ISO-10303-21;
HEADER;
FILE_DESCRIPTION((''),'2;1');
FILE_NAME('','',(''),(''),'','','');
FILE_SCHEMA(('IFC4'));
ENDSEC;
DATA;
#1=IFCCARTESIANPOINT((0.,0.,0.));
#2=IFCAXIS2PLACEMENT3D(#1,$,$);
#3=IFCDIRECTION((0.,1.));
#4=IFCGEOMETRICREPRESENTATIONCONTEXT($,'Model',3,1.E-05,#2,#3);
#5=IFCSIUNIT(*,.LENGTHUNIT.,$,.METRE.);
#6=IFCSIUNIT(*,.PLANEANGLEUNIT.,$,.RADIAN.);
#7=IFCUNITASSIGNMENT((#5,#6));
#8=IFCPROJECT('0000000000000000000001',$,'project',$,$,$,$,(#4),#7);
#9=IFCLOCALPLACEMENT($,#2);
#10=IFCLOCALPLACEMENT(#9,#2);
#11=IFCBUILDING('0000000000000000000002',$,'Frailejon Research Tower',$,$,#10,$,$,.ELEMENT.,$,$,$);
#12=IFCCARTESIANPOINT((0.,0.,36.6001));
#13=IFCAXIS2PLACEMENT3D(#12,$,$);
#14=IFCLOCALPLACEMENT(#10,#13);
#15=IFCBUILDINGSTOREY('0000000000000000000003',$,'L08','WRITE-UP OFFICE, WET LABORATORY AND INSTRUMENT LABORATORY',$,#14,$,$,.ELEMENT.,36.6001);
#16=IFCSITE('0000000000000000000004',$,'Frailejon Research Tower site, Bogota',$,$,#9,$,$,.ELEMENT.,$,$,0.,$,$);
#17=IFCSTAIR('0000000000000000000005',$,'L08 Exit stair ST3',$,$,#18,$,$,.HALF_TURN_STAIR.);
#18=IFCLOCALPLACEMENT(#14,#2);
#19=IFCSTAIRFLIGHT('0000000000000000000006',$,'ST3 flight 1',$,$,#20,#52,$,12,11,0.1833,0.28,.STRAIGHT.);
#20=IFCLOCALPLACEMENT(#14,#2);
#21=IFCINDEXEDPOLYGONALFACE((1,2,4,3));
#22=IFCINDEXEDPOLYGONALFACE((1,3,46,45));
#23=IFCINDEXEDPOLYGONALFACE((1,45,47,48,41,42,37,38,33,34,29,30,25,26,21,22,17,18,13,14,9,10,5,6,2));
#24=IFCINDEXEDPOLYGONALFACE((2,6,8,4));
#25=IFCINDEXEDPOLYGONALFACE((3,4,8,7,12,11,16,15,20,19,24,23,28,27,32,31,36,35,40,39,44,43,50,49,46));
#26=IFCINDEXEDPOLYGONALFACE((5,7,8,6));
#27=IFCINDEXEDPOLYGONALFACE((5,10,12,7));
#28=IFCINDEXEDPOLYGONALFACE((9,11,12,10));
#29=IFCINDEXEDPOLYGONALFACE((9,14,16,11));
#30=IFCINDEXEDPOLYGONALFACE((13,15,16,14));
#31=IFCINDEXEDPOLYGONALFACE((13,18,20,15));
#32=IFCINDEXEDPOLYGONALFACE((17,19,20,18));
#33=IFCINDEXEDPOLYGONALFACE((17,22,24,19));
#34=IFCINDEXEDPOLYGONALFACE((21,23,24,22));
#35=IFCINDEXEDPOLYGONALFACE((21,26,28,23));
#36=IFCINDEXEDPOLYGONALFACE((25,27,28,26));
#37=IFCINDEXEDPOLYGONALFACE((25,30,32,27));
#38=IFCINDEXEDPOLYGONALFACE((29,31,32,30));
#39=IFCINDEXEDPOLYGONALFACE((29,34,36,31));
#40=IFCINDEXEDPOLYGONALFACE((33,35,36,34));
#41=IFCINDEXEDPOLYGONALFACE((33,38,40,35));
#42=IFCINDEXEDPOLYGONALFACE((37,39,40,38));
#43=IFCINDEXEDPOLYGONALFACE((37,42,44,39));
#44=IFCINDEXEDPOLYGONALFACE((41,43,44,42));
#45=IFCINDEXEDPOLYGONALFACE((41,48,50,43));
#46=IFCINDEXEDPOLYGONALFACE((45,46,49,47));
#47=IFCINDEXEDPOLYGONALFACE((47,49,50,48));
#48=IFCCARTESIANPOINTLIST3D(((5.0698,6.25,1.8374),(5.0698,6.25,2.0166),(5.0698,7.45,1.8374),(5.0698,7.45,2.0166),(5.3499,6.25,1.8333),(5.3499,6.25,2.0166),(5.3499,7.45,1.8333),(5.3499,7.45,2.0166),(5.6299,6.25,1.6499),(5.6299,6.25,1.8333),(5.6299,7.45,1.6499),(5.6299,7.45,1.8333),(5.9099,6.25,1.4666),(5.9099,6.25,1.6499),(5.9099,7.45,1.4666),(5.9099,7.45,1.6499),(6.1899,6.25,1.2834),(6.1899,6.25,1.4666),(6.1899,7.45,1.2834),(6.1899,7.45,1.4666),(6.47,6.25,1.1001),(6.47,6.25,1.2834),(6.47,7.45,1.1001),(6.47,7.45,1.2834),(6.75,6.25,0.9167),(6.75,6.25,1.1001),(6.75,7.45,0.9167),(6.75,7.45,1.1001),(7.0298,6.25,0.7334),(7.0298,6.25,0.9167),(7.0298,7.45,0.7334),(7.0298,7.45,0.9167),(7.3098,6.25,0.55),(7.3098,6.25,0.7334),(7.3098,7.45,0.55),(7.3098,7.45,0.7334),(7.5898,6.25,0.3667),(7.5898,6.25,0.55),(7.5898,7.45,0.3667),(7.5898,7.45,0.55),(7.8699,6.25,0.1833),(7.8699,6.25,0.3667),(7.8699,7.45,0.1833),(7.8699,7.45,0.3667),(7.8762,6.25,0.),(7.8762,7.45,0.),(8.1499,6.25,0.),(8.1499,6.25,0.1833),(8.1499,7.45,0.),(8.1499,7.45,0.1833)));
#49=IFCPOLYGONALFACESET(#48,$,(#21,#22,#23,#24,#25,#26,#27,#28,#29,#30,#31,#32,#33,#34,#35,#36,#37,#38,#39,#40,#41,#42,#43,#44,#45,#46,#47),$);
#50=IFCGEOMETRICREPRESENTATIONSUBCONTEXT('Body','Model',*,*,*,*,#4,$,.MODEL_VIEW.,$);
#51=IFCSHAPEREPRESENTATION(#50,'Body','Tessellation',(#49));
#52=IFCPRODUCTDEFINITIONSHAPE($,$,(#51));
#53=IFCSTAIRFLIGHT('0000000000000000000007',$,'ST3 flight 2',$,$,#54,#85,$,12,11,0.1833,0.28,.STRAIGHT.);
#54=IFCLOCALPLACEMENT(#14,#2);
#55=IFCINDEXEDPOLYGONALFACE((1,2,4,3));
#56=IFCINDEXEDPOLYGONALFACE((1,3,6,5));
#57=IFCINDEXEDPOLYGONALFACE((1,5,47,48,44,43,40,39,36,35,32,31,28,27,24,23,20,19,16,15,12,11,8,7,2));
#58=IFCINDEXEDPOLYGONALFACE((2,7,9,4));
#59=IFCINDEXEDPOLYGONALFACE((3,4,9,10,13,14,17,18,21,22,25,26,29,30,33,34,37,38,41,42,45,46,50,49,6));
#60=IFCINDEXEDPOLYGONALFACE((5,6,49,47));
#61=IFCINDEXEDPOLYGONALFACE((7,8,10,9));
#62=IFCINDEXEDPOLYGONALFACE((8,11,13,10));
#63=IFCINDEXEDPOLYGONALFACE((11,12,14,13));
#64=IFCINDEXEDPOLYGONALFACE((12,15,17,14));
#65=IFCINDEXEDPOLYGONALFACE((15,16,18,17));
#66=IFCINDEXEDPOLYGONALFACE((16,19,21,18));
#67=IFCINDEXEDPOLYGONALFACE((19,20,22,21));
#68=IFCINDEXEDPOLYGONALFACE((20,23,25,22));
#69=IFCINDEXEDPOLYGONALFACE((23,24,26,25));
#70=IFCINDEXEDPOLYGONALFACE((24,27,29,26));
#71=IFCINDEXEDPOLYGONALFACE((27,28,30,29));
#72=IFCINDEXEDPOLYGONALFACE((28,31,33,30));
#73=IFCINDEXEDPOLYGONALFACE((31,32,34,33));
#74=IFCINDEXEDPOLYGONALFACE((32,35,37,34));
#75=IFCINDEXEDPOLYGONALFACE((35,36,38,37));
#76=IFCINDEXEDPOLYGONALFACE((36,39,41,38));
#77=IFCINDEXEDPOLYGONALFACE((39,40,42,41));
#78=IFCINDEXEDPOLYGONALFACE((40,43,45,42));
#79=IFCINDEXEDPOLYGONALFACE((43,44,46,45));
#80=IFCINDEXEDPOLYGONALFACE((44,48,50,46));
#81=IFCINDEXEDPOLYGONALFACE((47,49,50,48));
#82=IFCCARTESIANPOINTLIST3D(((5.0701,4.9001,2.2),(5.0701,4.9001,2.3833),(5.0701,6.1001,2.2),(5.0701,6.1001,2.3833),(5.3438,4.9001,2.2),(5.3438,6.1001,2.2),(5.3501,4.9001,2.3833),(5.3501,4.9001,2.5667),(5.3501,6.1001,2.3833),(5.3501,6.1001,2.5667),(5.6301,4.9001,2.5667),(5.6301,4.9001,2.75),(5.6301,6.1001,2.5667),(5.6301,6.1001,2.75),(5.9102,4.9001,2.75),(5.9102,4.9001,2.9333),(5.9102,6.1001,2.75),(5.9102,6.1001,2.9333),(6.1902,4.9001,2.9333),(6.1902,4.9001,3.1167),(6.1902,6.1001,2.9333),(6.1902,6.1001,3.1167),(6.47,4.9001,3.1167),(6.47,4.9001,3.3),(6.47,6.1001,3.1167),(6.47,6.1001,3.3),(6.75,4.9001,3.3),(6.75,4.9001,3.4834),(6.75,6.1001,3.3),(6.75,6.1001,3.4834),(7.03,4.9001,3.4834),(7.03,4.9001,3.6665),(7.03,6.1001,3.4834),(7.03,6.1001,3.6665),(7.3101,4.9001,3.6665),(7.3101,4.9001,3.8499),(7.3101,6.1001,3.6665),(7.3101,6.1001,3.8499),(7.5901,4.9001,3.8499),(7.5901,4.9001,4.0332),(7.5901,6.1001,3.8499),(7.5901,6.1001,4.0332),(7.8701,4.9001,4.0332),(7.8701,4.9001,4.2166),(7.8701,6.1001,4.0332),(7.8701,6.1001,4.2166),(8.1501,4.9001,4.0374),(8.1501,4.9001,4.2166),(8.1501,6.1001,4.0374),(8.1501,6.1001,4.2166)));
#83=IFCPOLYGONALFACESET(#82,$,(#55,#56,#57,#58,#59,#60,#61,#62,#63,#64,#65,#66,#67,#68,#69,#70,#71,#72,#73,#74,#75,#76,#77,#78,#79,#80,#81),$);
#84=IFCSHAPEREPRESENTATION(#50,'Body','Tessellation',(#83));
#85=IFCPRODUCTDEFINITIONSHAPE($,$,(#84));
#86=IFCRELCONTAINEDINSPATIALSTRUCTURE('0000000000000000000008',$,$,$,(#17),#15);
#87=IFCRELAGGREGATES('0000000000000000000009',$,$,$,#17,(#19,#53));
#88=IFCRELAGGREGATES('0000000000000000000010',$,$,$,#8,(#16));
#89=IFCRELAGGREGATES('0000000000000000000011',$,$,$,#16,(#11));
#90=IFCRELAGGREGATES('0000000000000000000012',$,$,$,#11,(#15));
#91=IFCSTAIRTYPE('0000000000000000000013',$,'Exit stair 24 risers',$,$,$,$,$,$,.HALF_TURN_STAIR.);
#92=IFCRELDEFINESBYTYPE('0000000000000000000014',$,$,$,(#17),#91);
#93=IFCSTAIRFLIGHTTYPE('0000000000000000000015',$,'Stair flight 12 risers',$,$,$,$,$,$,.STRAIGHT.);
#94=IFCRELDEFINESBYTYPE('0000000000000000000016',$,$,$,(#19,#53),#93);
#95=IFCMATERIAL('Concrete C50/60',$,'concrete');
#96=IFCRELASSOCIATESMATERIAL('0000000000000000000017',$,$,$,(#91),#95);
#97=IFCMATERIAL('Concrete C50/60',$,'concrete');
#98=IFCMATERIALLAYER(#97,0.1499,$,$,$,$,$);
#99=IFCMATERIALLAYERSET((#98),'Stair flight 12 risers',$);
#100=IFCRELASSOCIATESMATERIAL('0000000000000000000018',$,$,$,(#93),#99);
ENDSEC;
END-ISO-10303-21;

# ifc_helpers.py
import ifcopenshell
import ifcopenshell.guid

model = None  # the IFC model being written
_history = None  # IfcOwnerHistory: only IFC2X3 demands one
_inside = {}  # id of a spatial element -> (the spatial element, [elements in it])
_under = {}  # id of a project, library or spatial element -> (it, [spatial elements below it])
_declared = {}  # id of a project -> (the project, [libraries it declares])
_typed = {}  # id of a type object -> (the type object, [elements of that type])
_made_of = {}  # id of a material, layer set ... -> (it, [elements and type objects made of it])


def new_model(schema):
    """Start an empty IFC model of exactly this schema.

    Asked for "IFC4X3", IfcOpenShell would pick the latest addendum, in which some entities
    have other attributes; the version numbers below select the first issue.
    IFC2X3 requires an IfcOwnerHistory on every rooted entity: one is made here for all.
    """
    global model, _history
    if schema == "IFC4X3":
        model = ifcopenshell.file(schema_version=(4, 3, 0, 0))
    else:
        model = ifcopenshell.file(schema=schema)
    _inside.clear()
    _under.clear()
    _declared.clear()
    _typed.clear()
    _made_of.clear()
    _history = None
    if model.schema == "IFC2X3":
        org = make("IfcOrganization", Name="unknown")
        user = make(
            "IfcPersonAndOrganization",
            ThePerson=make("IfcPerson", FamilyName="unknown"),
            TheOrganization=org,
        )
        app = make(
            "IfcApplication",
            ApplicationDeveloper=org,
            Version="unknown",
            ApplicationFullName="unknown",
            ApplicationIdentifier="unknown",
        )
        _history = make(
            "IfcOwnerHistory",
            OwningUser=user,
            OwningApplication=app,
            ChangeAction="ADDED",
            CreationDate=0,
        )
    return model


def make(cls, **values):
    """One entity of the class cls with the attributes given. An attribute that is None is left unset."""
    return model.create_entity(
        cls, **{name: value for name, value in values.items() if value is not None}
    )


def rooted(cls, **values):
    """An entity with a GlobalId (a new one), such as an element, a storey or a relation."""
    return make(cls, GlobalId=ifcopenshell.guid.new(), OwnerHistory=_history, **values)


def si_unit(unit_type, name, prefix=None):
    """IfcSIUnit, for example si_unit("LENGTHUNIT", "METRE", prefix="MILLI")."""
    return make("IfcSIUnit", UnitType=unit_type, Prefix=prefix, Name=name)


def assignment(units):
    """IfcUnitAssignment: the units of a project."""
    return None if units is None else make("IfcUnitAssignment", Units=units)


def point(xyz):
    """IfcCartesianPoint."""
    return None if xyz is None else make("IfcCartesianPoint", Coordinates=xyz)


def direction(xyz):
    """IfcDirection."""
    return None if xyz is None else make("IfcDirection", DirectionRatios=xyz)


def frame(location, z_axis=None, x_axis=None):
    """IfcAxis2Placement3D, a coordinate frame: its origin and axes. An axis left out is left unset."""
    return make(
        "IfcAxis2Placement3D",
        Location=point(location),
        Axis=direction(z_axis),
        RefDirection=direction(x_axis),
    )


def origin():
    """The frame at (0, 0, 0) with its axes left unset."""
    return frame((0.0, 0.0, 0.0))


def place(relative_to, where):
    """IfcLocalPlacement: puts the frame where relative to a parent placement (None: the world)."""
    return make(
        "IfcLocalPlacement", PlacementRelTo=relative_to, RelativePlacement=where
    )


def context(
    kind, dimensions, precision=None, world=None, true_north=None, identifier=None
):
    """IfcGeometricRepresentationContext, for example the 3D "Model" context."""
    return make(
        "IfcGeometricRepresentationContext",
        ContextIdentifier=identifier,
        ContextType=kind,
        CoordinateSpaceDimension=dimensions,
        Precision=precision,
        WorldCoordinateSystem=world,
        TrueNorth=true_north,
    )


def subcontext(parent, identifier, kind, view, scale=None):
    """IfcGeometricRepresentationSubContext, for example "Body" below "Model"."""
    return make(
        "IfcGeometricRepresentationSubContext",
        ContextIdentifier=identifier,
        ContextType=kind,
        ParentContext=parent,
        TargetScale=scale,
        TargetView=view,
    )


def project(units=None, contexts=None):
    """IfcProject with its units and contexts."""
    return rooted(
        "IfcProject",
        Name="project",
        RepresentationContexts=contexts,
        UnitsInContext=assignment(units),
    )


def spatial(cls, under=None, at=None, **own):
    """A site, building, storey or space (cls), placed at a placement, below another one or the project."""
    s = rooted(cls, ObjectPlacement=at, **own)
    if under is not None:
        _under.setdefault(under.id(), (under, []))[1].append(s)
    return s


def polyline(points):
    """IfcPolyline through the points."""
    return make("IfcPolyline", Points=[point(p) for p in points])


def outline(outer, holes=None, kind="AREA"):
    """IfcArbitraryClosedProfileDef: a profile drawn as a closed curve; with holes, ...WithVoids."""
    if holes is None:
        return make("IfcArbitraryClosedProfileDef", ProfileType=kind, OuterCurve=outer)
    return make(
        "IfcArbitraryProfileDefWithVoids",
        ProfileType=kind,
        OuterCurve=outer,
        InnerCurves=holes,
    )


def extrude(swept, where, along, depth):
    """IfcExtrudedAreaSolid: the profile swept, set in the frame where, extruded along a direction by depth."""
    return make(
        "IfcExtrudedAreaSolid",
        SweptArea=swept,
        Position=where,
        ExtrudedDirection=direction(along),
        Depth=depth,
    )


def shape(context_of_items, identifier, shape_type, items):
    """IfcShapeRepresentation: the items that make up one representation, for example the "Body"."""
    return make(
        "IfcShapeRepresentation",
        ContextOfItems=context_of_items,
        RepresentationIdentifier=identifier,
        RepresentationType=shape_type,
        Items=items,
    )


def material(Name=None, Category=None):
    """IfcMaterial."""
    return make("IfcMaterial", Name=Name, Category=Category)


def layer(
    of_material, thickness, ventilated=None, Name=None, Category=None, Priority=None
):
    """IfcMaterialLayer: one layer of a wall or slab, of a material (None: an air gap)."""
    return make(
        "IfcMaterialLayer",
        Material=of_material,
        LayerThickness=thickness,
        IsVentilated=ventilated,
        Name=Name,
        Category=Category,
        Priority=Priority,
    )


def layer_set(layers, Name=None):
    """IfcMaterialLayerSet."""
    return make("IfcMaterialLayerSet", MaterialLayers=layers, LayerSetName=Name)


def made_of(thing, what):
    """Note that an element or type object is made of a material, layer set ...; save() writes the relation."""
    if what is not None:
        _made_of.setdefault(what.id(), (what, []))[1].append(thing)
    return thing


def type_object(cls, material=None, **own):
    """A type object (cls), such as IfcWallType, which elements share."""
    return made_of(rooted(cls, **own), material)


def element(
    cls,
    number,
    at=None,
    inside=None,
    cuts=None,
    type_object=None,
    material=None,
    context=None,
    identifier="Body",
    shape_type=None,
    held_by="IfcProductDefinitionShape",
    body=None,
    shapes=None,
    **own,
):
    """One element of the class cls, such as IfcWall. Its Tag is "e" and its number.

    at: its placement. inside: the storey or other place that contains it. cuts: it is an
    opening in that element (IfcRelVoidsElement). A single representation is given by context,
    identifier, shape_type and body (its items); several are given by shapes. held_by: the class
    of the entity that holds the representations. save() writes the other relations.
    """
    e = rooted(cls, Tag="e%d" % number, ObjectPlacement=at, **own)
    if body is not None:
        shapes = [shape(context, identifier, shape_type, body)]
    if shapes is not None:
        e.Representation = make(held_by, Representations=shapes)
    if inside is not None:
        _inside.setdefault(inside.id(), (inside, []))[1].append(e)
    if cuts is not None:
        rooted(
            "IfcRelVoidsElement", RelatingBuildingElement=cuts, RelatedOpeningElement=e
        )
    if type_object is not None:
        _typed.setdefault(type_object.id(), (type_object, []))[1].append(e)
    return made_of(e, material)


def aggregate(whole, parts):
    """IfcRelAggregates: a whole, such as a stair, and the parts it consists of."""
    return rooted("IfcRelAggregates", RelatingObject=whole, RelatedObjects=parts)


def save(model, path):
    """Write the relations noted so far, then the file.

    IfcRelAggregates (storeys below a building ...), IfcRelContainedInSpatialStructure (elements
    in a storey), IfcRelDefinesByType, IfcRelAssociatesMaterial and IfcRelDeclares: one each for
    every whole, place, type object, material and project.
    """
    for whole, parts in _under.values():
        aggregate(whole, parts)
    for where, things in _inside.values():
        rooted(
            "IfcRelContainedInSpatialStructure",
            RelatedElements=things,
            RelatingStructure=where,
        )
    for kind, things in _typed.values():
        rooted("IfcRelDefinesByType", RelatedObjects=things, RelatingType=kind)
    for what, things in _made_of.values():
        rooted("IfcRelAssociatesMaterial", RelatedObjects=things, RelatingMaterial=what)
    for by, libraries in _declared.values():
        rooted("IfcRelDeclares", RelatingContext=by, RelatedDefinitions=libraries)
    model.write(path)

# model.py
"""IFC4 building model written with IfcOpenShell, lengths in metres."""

from ifc_helpers import new_model, si_unit, direction, frame, origin, place, context, subcontext, project, spatial, polyline, outline, extrude, material, layer, layer_set, type_object, element, aggregate, save


model = new_model("IFC4")

# Units and contexts
model_context = context("Model", 3, precision=1e-05, world=origin(), true_north=direction((0.0, 1.0)))
body_context = subcontext(model_context, "Body", "Model", "MODEL_VIEW")
ifc_project = project(units=[si_unit("LENGTHUNIT", "METRE"), si_unit("PLANEANGLEUNIT", "RADIAN")], contexts=[model_context])

# Site, building, storey
site_placement = place(None, origin())
site = spatial("IfcSite", under=ifc_project, at=site_placement, Name="Frailejon Research Tower site, Bogota", CompositionType="ELEMENT", RefElevation=0.0)
building_placement = place(site_placement, origin())
building = spatial("IfcBuilding", under=site, at=building_placement, Name="Frailejon Research Tower", CompositionType="ELEMENT")
storey_placement = place(building_placement, frame((0.0, 0.0, 36.6001)))
storey = spatial("IfcBuildingStorey", under=building, at=storey_placement, Name="L08", Description="WRITE-UP OFFICE, WET LABORATORY AND INSTRUMENT LABORATORY", CompositionType="ELEMENT", Elevation=36.6001)

# Stair
ifc_material_1 = material(Name="Concrete C50/60", Category="concrete")
stair_type = type_object("IfcStairType", Name="Exit stair 24 risers", PredefinedType="HALF_TURN_STAIR", material=ifc_material_1)
stair_1_placement = place(storey_placement, origin())
stair_1 = element("IfcStair", 1, at=stair_1_placement, inside=storey, type_object=stair_type, Name="L08 Exit stair ST3", PredefinedType="HALF_TURN_STAIR")

# Stair flights
ifc_material_2 = material(Name="Concrete C50/60", Category="concrete")
ifc_layer_1 = layer(ifc_material_2, 0.1499)
ifc_layer_set_1 = layer_set([ifc_layer_1], Name="Stair flight 12 risers")
stair_flight_type = type_object("IfcStairFlightType", Name="Stair flight 12 risers", PredefinedType="STRAIGHT", material=ifc_layer_set_1)
stair_flight_1_placement = place(storey_placement, frame((8.1499, 6.8501, 0.0), z_axis=(0.0, 0.0, 1.0), x_axis=(-1.0, 0.0, 0.0)))
stair_flight_1 = element("IfcStairFlight", 2, at=stair_flight_1_placement, type_object=stair_flight_type, Name="ST3 flight 1", NumberOfRisers=12, NumberOfTreads=11, PredefinedType="STRAIGHT", RiserHeight=0.1833, TreadLength=0.28, context=body_context, shape_type="SweptSolid", body=[
    extrude(outline(polyline([(0.0, 0.0), (0.0, 0.1833), (0.28, 0.1833), (0.28, 0.3667), (0.5601, 0.3667), (0.5601, 0.55), (0.8401, 0.55), (0.8401, 0.7334), (1.1201, 0.7334), (1.1201, 0.9167), (1.3999, 0.9167), (1.3999, 1.1001), (1.6799, 1.1001), (1.6799, 1.2834), (1.96, 1.2834), (1.96, 1.4666), (2.24, 1.4666), (2.24, 1.6499), (2.52, 1.6499), (2.52, 1.8333), (2.8, 1.8333), (2.8, 2.0166), (3.0801, 2.0166), (3.0801, 2.2), (3.0801, 1.8374), (0.2737, 0.0), (0.0, 0.0)])), frame((0.0, 0.6001, 0.0), z_axis=(0.0, -1.0, 0.0), x_axis=(1.0, 0.0, 0.0)), (0.0, 0.0, 1.0), 1.2),
])
stair_flight_2_placement = place(storey_placement, frame((5.0701, 5.5, 2.2), z_axis=(0.0, 0.0, 1.0), x_axis=(1.0, 0.0, 0.0)))
stair_flight_2 = element("IfcStairFlight", 3, at=stair_flight_2_placement, type_object=stair_flight_type, Name="ST3 flight 2", NumberOfRisers=12, NumberOfTreads=11, PredefinedType="STRAIGHT", RiserHeight=0.1833, TreadLength=0.28, context=body_context, shape_type="SweptSolid", body=[
    extrude(outline(polyline([(0.0, 0.0), (0.0, 0.1833), (0.28, 0.1833), (0.28, 0.3667), (0.5601, 0.3667), (0.5601, 0.55), (0.8401, 0.55), (0.8401, 0.7334), (1.1201, 0.7334), (1.1201, 0.9167), (1.3999, 0.9167), (1.3999, 1.1001), (1.6799, 1.1001), (1.6799, 1.2834), (1.96, 1.2834), (1.96, 1.4666), (2.24, 1.4666), (2.24, 1.6499), (2.52, 1.6499), (2.52, 1.8333), (2.8, 1.8333), (2.8, 2.0166), (3.0801, 2.0166), (3.0801, 2.2), (3.0801, 1.8374), (0.2737, 0.0), (0.0, 0.0)])), frame((0.0, 0.6001, 0.0), z_axis=(0.0, -1.0, 0.0), x_axis=(1.0, 0.0, 0.0)), (0.0, 0.0, 1.0), 1.2),
])
aggregate(stair_1, [stair_flight_1, stair_flight_2])

save(model, "model.ifc")
